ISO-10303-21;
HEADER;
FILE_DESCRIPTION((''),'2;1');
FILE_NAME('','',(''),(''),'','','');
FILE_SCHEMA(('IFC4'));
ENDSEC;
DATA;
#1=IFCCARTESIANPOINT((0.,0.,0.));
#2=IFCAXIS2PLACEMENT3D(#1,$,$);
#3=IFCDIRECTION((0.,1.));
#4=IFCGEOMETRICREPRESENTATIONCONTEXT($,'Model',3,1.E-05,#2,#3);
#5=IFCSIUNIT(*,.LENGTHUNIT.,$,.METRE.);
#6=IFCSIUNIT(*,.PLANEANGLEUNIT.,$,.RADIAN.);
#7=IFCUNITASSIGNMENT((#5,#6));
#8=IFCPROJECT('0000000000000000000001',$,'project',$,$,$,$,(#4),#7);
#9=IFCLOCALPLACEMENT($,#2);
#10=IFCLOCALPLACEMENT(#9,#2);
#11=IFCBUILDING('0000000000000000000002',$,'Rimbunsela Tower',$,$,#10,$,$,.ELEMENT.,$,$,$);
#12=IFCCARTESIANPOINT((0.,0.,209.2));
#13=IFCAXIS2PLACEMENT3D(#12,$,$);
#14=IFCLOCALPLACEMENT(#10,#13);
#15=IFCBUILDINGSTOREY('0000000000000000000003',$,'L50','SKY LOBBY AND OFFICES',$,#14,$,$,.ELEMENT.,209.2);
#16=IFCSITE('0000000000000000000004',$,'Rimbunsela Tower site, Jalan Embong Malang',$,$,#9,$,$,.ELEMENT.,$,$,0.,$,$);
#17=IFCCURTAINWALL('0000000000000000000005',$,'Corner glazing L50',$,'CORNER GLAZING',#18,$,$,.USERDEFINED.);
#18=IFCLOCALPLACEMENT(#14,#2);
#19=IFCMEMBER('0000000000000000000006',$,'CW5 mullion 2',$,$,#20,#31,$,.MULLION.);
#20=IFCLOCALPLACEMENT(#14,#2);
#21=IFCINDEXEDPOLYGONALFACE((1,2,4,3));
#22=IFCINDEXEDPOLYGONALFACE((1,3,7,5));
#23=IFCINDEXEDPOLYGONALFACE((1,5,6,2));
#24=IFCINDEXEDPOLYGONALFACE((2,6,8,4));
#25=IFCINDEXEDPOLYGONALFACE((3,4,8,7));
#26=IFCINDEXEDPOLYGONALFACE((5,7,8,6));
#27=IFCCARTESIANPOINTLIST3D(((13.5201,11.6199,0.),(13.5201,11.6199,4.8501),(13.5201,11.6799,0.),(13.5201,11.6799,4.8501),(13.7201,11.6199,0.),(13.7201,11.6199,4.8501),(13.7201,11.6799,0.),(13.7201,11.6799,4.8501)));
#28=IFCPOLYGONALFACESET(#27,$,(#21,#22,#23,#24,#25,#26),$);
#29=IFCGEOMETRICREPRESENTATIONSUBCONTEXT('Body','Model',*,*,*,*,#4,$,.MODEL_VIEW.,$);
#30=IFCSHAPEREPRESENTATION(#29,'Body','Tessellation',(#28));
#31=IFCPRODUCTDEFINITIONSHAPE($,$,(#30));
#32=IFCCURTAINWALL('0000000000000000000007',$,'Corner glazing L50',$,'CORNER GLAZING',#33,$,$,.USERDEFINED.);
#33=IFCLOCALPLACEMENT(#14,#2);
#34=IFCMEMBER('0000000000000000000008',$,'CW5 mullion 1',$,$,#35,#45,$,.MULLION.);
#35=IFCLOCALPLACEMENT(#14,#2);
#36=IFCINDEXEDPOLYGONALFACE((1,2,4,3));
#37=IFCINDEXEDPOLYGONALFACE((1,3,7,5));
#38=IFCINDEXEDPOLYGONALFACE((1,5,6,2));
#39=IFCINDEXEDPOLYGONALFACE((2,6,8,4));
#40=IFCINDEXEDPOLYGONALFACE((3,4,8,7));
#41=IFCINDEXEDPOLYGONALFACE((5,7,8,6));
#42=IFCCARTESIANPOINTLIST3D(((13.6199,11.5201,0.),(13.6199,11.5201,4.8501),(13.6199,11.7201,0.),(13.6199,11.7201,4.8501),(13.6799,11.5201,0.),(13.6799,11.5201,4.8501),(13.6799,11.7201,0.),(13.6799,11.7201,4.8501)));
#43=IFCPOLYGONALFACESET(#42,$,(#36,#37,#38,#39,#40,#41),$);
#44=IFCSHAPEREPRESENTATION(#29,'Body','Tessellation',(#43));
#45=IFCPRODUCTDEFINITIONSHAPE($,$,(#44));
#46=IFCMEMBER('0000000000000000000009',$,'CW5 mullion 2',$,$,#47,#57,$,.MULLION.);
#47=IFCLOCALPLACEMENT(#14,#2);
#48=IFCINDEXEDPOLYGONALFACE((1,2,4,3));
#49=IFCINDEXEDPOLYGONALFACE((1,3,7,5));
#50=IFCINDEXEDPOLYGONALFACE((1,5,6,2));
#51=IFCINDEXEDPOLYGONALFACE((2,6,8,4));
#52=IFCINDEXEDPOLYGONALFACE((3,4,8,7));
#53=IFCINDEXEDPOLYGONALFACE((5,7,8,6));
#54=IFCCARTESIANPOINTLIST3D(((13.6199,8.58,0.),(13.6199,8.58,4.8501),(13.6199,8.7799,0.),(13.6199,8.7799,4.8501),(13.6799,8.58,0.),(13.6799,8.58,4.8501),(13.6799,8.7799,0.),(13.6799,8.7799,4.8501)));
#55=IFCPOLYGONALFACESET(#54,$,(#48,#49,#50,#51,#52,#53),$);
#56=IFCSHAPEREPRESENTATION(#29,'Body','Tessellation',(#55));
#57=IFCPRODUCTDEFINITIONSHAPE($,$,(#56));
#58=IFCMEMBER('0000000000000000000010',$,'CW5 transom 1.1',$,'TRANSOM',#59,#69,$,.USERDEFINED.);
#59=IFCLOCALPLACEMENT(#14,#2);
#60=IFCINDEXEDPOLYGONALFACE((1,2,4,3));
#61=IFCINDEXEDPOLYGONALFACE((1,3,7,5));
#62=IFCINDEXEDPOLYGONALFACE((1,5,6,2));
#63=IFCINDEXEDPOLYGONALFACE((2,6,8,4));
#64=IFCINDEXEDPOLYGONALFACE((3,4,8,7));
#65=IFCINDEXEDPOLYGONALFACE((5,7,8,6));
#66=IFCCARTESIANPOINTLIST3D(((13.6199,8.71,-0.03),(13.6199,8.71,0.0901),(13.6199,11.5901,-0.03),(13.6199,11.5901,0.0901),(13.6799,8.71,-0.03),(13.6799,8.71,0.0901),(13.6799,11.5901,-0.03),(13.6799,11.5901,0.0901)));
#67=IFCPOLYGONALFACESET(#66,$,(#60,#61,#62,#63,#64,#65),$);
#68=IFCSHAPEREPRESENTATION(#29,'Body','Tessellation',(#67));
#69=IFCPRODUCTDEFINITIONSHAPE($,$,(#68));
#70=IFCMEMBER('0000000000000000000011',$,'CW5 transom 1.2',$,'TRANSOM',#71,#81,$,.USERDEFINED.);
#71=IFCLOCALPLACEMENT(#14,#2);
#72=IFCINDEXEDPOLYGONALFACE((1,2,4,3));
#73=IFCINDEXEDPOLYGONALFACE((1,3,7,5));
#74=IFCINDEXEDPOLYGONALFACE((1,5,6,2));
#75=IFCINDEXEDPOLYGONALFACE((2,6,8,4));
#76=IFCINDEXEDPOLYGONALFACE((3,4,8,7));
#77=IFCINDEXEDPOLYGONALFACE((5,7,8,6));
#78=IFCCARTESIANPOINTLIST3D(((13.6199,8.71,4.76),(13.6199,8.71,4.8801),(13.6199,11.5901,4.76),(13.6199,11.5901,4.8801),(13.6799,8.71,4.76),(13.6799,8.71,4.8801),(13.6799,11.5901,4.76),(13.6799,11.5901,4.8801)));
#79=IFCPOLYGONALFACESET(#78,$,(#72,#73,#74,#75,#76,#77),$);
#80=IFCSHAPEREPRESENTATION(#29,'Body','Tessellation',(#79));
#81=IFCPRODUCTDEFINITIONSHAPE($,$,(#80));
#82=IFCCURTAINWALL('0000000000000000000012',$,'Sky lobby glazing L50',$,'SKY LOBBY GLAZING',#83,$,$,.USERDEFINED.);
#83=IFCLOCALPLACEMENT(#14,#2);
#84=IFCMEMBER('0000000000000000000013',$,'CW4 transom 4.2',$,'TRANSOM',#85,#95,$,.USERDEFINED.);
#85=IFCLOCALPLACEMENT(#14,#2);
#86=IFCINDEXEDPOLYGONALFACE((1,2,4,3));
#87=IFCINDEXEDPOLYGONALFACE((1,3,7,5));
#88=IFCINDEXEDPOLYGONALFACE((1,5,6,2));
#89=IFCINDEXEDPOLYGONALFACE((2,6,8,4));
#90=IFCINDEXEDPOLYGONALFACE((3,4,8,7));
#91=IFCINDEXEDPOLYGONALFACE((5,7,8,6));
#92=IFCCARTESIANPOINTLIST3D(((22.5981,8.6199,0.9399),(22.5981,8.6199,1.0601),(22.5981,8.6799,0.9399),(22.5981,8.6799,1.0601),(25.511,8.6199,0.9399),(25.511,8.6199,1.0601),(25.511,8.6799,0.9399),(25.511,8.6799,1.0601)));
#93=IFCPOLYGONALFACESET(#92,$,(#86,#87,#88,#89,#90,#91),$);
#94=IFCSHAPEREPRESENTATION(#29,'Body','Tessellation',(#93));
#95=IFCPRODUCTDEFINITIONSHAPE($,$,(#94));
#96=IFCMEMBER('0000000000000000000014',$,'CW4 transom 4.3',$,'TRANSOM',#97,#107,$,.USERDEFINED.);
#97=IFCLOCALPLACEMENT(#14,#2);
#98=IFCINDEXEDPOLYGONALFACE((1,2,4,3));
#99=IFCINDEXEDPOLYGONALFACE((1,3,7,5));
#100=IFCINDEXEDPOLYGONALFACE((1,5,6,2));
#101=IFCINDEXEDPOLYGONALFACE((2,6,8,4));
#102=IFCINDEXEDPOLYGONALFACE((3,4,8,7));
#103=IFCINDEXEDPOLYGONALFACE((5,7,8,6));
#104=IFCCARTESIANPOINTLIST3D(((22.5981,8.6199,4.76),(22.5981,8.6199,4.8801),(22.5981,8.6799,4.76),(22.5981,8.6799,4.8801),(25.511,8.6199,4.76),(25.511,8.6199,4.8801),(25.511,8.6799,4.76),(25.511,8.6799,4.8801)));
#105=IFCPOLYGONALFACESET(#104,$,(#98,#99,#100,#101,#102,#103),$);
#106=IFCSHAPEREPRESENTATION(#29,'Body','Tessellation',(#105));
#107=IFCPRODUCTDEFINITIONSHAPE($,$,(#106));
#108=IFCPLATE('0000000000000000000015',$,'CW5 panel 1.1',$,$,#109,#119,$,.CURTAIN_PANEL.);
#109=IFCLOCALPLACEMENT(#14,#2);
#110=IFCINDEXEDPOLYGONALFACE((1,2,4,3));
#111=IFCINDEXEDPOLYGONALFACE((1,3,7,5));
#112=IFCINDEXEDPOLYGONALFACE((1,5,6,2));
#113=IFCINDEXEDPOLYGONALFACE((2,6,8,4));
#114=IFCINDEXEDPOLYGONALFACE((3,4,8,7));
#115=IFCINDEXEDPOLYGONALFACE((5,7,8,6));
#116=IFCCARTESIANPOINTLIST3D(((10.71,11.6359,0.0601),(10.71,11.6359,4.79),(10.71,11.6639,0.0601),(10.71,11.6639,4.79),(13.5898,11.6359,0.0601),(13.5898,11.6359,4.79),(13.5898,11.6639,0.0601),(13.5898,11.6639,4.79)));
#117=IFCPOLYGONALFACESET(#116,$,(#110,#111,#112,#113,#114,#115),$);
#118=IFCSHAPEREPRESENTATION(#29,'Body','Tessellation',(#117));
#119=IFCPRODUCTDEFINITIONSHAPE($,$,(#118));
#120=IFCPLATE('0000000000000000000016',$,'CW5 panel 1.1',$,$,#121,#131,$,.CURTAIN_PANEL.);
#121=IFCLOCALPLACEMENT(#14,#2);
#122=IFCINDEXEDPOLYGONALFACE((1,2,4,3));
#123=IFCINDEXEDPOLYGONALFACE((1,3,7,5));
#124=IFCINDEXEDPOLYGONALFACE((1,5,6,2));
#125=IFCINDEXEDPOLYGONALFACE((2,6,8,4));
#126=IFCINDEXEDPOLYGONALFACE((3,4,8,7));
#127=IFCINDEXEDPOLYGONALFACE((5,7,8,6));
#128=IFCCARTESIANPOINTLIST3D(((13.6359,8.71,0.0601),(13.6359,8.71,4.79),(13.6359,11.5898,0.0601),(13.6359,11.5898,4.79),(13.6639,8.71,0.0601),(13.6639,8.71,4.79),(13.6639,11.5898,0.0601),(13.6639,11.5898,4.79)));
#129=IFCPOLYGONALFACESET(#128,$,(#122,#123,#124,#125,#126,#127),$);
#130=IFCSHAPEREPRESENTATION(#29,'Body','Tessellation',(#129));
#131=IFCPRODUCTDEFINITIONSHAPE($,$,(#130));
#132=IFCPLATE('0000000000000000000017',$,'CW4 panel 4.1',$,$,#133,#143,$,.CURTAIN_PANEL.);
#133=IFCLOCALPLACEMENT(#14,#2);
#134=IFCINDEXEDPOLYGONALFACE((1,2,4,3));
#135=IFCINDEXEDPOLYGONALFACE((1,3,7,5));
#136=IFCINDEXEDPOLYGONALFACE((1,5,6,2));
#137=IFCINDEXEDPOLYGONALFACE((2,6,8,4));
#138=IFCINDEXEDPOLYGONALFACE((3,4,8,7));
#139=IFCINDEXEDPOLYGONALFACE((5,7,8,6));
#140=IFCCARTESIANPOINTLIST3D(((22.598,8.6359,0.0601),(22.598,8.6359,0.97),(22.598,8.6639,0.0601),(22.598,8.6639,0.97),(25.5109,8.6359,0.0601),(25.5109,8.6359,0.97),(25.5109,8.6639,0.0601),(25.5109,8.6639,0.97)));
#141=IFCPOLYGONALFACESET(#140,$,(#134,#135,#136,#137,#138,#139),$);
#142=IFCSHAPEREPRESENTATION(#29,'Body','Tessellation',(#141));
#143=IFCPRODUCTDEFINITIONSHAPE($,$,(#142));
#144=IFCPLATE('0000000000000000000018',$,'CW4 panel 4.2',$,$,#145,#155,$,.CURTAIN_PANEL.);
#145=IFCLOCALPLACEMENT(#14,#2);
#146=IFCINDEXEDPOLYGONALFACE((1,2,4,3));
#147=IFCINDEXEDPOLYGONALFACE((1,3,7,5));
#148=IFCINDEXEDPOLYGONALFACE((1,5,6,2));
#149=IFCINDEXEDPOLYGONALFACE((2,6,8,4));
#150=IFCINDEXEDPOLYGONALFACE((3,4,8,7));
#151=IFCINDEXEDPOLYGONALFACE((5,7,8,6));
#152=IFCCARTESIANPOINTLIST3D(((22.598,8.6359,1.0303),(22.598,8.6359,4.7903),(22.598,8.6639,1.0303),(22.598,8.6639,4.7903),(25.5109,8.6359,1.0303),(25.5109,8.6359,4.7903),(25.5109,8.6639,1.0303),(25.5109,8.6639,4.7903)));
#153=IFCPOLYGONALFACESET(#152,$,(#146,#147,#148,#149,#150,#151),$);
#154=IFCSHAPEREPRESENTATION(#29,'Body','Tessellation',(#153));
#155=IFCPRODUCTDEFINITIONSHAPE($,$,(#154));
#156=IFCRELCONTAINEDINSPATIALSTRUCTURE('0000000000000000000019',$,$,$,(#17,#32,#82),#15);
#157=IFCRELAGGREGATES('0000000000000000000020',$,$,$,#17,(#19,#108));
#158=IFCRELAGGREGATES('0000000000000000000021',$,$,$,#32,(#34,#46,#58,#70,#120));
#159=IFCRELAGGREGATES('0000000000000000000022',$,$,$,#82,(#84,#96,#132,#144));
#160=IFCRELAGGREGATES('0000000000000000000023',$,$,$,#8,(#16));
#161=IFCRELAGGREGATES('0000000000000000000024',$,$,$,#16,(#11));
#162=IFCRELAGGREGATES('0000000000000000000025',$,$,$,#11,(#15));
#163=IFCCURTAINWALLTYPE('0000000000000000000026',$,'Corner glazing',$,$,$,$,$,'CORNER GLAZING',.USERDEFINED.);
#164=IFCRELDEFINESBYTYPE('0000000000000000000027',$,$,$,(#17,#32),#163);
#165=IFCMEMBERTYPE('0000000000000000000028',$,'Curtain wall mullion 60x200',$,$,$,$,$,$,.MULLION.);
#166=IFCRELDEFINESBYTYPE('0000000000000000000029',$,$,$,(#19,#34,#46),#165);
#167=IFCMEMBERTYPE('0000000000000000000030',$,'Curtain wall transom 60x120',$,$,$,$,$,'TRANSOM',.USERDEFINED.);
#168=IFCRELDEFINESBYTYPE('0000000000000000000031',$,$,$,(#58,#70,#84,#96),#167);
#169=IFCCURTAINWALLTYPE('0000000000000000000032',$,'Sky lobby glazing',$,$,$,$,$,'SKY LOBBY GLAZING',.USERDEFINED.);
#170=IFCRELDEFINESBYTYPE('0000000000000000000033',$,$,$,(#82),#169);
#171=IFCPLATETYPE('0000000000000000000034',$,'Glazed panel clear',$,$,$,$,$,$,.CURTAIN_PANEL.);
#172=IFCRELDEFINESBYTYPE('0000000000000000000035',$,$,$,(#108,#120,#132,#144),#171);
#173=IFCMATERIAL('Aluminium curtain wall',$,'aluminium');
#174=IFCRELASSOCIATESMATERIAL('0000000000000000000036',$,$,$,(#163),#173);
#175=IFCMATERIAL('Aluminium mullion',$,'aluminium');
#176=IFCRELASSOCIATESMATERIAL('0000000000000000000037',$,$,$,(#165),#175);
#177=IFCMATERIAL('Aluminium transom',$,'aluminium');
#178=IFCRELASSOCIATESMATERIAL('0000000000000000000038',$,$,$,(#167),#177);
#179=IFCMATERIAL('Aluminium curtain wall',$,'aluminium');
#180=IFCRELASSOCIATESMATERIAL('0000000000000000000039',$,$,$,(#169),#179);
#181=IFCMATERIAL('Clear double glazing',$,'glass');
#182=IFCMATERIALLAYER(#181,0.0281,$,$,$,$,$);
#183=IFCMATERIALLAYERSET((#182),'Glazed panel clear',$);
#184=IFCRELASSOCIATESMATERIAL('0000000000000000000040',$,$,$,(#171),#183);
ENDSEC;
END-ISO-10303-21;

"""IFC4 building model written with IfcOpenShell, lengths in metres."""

from ifc_helpers import new_model, si_unit, direction, frame, origin, origin_2d, place, context, subcontext, project, spatial, rectangle, extrude, material, layer, layer_set, material_profile, profile_set, type_object, element, aggregate, save


model = new_model("IFC4")

# Units and contexts
model_context = context("Model", 3, precision=1e-05, world=origin(), true_north=direction((0.0, 1.0)))
body_context = subcontext(model_context, "Body", "Model", "MODEL_VIEW")
ifc_project = project(units=[si_unit("LENGTHUNIT", "METRE"), si_unit("PLANEANGLEUNIT", "RADIAN")], contexts=[model_context])

# Site, building, storey
site_placement = place(None, origin())
site = spatial("IfcSite", under=ifc_project, at=site_placement, Name="Rimbunsela Tower site, Jalan Embong Malang", CompositionType="ELEMENT", RefElevation=0.0)
building_placement = place(site_placement, origin())
building = spatial("IfcBuilding", under=site, at=building_placement, Name="Rimbunsela Tower", CompositionType="ELEMENT")
storey_placement = place(building_placement, frame((0.0, 0.0, 209.2)))
storey = spatial("IfcBuildingStorey", under=building, at=storey_placement, Name="L50", Description="SKY LOBBY AND OFFICES", CompositionType="ELEMENT", Elevation=209.2)

# Curtain wall, member
ifc_material_1 = material(Name="Aluminium curtain wall", Category="aluminium")
curtain_wall_type_1 = type_object("IfcCurtainWallType", Name="Corner glazing", ElementType="CORNER GLAZING", PredefinedType="USERDEFINED", material=ifc_material_1)
curtain_wall_1_placement = place(storey_placement, origin())
curtain_wall_1 = element("IfcCurtainWall", 1, at=curtain_wall_1_placement, inside=storey, type_object=curtain_wall_type_1, Name="Corner glazing L50", ObjectType="CORNER GLAZING", PredefinedType="USERDEFINED")
ifc_material_2 = material(Name="Aluminium mullion", Category="aluminium")
ifc_material_profile_1 = material_profile(ifc_material_2, rectangle(XDim=0.0601, YDim=0.2, at=origin_2d()), Name="Mullion 60x200")
ifc_profile_set_1 = profile_set([ifc_material_profile_1], Name="Aluminium mullion")
member_type_1 = type_object("IfcMemberType", Name="Curtain wall mullion 60x200", PredefinedType="MULLION", material=ifc_profile_set_1)
member_1_placement = place(storey_placement, frame((13.6201, 11.6499, 0.0), z_axis=(0.0, 0.0, 1.0), x_axis=(0.0, 1.0, 0.0)))
member_1 = element("IfcMember", 2, at=member_1_placement, type_object=member_type_1, Name="CW5 mullion 2", PredefinedType="MULLION", context=body_context, shape_type="SweptSolid", body=[
    extrude(rectangle(XDim=0.0601, YDim=0.2, at=origin_2d()), origin(), (0.0, 0.0, 1.0), 4.8501),
])

# Curtain walls, members
curtain_wall_2_placement = place(storey_placement, origin())
curtain_wall_2 = element("IfcCurtainWall", 3, at=curtain_wall_2_placement, inside=storey, type_object=curtain_wall_type_1, Name="Corner glazing L50", ObjectType="CORNER GLAZING", PredefinedType="USERDEFINED")
member_2_placement = place(storey_placement, frame((13.6499, 11.6201, 0.0), z_axis=(0.0, 0.0, 1.0), x_axis=(1.0, 0.0, 0.0)))
member_2 = element("IfcMember", 4, at=member_2_placement, type_object=member_type_1, Name="CW5 mullion 1", PredefinedType="MULLION", context=body_context, shape_type="SweptSolid", body=[
    extrude(rectangle(XDim=0.0601, YDim=0.2, at=origin_2d()), origin(), (0.0, 0.0, 1.0), 4.8501),
])
member_3_placement = place(storey_placement, frame((13.6499, 8.6799, 0.0), z_axis=(0.0, 0.0, 1.0), x_axis=(1.0, 0.0, 0.0)))
member_3 = element("IfcMember", 5, at=member_3_placement, type_object=member_type_1, Name="CW5 mullion 2", PredefinedType="MULLION", context=body_context, shape_type="SweptSolid", body=[
    extrude(rectangle(XDim=0.0601, YDim=0.2, at=origin_2d()), origin(), (0.0, 0.0, 1.0), 4.8501),
])
ifc_material_3 = material(Name="Aluminium transom", Category="aluminium")
ifc_material_profile_2 = material_profile(ifc_material_3, rectangle(XDim=0.0601, YDim=0.1201, at=origin_2d()), Name="Transom 60x120")
ifc_profile_set_2 = profile_set([ifc_material_profile_2], Name="Aluminium transom")
member_type_2 = type_object("IfcMemberType", Name="Curtain wall transom 60x120", ElementType="TRANSOM", PredefinedType="USERDEFINED", material=ifc_profile_set_2)
member_4_placement = place(storey_placement, frame((13.6499, 11.5901, 0.03), z_axis=(0.0, -1.0, 0.0), x_axis=(1.0, 0.0, 0.0)))
member_4 = element("IfcMember", 6, at=member_4_placement, type_object=member_type_2, Name="CW5 transom 1.1", ObjectType="TRANSOM", PredefinedType="USERDEFINED", context=body_context, shape_type="SweptSolid", body=[
    extrude(rectangle(XDim=0.0601, YDim=0.1201, at=origin_2d()), origin(), (0.0, 0.0, 1.0), 2.8801),
])
member_5_placement = place(storey_placement, frame((13.6499, 11.5901, 4.8201), z_axis=(0.0, -1.0, 0.0), x_axis=(1.0, 0.0, 0.0)))
member_5 = element("IfcMember", 7, at=member_5_placement, type_object=member_type_2, Name="CW5 transom 1.2", ObjectType="TRANSOM", PredefinedType="USERDEFINED", context=body_context, shape_type="SweptSolid", body=[
    extrude(rectangle(XDim=0.0601, YDim=0.1201, at=origin_2d()), origin(), (0.0, 0.0, 1.0), 2.8801),
])
ifc_material_4 = material(Name="Aluminium curtain wall", Category="aluminium")
curtain_wall_type_2 = type_object("IfcCurtainWallType", Name="Sky lobby glazing", ElementType="SKY LOBBY GLAZING", PredefinedType="USERDEFINED", material=ifc_material_4)
curtain_wall_3_placement = place(storey_placement, origin())
curtain_wall_3 = element("IfcCurtainWall", 8, at=curtain_wall_3_placement, inside=storey, type_object=curtain_wall_type_2, Name="Sky lobby glazing L50", ObjectType="SKY LOBBY GLAZING", PredefinedType="USERDEFINED")
member_6_placement = place(storey_placement, frame((22.5981, 8.6499, 1.0), z_axis=(1.0, 0.0, 0.0), x_axis=(0.0, 1.0, 0.0)))
member_6 = element("IfcMember", 9, at=member_6_placement, type_object=member_type_2, Name="CW4 transom 4.2", ObjectType="TRANSOM", PredefinedType="USERDEFINED", context=body_context, shape_type="SweptSolid", body=[
    extrude(rectangle(XDim=0.0601, YDim=0.1201, at=origin_2d()), origin(), (0.0, 0.0, 1.0), 2.9128),
])
member_7_placement = place(storey_placement, frame((22.5981, 8.6499, 4.8201), z_axis=(1.0, 0.0, 0.0), x_axis=(0.0, 1.0, 0.0)))
member_7 = element("IfcMember", 10, at=member_7_placement, type_object=member_type_2, Name="CW4 transom 4.3", ObjectType="TRANSOM", PredefinedType="USERDEFINED", context=body_context, shape_type="SweptSolid", body=[
    extrude(rectangle(XDim=0.0601, YDim=0.1201, at=origin_2d()), origin(), (0.0, 0.0, 1.0), 2.9128),
])

# Plates
ifc_material_5 = material(Name="Clear double glazing", Category="glass")
ifc_layer_1 = layer(ifc_material_5, 0.0281)
ifc_layer_set_1 = layer_set([ifc_layer_1], Name="Glazed panel clear")
plate_type = type_object("IfcPlateType", Name="Glazed panel clear", PredefinedType="CURTAIN_PANEL", material=ifc_layer_set_1)
plate_1_placement = place(storey_placement, frame((12.1499, 11.6499, 0.0601), z_axis=(0.0, 0.0, 1.0), x_axis=(1.0, 0.0, 0.0)))
plate_1 = element("IfcPlate", 11, at=plate_1_placement, type_object=plate_type, Name="CW5 panel 1.1", PredefinedType="CURTAIN_PANEL", context=body_context, shape_type="SweptSolid", body=[
    extrude(rectangle(XDim=2.8799, YDim=0.0281, at=origin_2d()), origin(), (0.0, 0.0, 1.0), 4.73),
])
aggregate(curtain_wall_1, [member_1, plate_1])
plate_2_placement = place(storey_placement, frame((13.6499, 10.1499, 0.0601), z_axis=(0.0, 0.0, 1.0), x_axis=(0.0, -1.0, 0.0)))
plate_2 = element("IfcPlate", 12, at=plate_2_placement, type_object=plate_type, Name="CW5 panel 1.1", PredefinedType="CURTAIN_PANEL", context=body_context, shape_type="SweptSolid", body=[
    extrude(rectangle(XDim=2.8799, YDim=0.0281, at=origin_2d()), origin(), (0.0, 0.0, 1.0), 4.73),
])
aggregate(curtain_wall_2, [member_2, member_3, member_4, member_5, plate_2])
plate_3_placement = place(storey_placement, frame((24.0544, 8.6499, 0.0601), z_axis=(0.0, 0.0, 1.0), x_axis=(1.0, 0.0, 0.0)))
plate_3 = element("IfcPlate", 13, at=plate_3_placement, type_object=plate_type, Name="CW4 panel 4.1", PredefinedType="CURTAIN_PANEL", context=body_context, shape_type="SweptSolid", body=[
    extrude(rectangle(XDim=2.9128, YDim=0.0281, at=origin_2d()), origin(), (0.0, 0.0, 1.0), 0.9099),
])
plate_4_placement = place(storey_placement, frame((24.0544, 8.6499, 1.0303), z_axis=(0.0, 0.0, 1.0), x_axis=(1.0, 0.0, 0.0)))
plate_4 = element("IfcPlate", 14, at=plate_4_placement, type_object=plate_type, Name="CW4 panel 4.2", PredefinedType="CURTAIN_PANEL", context=body_context, shape_type="SweptSolid", body=[
    extrude(rectangle(XDim=2.9128, YDim=0.0281, at=origin_2d()), origin(), (0.0, 0.0, 1.0), 3.76),
])
aggregate(curtain_wall_3, [member_6, member_7, plate_3, plate_4])

save(model, "model.ifc")
